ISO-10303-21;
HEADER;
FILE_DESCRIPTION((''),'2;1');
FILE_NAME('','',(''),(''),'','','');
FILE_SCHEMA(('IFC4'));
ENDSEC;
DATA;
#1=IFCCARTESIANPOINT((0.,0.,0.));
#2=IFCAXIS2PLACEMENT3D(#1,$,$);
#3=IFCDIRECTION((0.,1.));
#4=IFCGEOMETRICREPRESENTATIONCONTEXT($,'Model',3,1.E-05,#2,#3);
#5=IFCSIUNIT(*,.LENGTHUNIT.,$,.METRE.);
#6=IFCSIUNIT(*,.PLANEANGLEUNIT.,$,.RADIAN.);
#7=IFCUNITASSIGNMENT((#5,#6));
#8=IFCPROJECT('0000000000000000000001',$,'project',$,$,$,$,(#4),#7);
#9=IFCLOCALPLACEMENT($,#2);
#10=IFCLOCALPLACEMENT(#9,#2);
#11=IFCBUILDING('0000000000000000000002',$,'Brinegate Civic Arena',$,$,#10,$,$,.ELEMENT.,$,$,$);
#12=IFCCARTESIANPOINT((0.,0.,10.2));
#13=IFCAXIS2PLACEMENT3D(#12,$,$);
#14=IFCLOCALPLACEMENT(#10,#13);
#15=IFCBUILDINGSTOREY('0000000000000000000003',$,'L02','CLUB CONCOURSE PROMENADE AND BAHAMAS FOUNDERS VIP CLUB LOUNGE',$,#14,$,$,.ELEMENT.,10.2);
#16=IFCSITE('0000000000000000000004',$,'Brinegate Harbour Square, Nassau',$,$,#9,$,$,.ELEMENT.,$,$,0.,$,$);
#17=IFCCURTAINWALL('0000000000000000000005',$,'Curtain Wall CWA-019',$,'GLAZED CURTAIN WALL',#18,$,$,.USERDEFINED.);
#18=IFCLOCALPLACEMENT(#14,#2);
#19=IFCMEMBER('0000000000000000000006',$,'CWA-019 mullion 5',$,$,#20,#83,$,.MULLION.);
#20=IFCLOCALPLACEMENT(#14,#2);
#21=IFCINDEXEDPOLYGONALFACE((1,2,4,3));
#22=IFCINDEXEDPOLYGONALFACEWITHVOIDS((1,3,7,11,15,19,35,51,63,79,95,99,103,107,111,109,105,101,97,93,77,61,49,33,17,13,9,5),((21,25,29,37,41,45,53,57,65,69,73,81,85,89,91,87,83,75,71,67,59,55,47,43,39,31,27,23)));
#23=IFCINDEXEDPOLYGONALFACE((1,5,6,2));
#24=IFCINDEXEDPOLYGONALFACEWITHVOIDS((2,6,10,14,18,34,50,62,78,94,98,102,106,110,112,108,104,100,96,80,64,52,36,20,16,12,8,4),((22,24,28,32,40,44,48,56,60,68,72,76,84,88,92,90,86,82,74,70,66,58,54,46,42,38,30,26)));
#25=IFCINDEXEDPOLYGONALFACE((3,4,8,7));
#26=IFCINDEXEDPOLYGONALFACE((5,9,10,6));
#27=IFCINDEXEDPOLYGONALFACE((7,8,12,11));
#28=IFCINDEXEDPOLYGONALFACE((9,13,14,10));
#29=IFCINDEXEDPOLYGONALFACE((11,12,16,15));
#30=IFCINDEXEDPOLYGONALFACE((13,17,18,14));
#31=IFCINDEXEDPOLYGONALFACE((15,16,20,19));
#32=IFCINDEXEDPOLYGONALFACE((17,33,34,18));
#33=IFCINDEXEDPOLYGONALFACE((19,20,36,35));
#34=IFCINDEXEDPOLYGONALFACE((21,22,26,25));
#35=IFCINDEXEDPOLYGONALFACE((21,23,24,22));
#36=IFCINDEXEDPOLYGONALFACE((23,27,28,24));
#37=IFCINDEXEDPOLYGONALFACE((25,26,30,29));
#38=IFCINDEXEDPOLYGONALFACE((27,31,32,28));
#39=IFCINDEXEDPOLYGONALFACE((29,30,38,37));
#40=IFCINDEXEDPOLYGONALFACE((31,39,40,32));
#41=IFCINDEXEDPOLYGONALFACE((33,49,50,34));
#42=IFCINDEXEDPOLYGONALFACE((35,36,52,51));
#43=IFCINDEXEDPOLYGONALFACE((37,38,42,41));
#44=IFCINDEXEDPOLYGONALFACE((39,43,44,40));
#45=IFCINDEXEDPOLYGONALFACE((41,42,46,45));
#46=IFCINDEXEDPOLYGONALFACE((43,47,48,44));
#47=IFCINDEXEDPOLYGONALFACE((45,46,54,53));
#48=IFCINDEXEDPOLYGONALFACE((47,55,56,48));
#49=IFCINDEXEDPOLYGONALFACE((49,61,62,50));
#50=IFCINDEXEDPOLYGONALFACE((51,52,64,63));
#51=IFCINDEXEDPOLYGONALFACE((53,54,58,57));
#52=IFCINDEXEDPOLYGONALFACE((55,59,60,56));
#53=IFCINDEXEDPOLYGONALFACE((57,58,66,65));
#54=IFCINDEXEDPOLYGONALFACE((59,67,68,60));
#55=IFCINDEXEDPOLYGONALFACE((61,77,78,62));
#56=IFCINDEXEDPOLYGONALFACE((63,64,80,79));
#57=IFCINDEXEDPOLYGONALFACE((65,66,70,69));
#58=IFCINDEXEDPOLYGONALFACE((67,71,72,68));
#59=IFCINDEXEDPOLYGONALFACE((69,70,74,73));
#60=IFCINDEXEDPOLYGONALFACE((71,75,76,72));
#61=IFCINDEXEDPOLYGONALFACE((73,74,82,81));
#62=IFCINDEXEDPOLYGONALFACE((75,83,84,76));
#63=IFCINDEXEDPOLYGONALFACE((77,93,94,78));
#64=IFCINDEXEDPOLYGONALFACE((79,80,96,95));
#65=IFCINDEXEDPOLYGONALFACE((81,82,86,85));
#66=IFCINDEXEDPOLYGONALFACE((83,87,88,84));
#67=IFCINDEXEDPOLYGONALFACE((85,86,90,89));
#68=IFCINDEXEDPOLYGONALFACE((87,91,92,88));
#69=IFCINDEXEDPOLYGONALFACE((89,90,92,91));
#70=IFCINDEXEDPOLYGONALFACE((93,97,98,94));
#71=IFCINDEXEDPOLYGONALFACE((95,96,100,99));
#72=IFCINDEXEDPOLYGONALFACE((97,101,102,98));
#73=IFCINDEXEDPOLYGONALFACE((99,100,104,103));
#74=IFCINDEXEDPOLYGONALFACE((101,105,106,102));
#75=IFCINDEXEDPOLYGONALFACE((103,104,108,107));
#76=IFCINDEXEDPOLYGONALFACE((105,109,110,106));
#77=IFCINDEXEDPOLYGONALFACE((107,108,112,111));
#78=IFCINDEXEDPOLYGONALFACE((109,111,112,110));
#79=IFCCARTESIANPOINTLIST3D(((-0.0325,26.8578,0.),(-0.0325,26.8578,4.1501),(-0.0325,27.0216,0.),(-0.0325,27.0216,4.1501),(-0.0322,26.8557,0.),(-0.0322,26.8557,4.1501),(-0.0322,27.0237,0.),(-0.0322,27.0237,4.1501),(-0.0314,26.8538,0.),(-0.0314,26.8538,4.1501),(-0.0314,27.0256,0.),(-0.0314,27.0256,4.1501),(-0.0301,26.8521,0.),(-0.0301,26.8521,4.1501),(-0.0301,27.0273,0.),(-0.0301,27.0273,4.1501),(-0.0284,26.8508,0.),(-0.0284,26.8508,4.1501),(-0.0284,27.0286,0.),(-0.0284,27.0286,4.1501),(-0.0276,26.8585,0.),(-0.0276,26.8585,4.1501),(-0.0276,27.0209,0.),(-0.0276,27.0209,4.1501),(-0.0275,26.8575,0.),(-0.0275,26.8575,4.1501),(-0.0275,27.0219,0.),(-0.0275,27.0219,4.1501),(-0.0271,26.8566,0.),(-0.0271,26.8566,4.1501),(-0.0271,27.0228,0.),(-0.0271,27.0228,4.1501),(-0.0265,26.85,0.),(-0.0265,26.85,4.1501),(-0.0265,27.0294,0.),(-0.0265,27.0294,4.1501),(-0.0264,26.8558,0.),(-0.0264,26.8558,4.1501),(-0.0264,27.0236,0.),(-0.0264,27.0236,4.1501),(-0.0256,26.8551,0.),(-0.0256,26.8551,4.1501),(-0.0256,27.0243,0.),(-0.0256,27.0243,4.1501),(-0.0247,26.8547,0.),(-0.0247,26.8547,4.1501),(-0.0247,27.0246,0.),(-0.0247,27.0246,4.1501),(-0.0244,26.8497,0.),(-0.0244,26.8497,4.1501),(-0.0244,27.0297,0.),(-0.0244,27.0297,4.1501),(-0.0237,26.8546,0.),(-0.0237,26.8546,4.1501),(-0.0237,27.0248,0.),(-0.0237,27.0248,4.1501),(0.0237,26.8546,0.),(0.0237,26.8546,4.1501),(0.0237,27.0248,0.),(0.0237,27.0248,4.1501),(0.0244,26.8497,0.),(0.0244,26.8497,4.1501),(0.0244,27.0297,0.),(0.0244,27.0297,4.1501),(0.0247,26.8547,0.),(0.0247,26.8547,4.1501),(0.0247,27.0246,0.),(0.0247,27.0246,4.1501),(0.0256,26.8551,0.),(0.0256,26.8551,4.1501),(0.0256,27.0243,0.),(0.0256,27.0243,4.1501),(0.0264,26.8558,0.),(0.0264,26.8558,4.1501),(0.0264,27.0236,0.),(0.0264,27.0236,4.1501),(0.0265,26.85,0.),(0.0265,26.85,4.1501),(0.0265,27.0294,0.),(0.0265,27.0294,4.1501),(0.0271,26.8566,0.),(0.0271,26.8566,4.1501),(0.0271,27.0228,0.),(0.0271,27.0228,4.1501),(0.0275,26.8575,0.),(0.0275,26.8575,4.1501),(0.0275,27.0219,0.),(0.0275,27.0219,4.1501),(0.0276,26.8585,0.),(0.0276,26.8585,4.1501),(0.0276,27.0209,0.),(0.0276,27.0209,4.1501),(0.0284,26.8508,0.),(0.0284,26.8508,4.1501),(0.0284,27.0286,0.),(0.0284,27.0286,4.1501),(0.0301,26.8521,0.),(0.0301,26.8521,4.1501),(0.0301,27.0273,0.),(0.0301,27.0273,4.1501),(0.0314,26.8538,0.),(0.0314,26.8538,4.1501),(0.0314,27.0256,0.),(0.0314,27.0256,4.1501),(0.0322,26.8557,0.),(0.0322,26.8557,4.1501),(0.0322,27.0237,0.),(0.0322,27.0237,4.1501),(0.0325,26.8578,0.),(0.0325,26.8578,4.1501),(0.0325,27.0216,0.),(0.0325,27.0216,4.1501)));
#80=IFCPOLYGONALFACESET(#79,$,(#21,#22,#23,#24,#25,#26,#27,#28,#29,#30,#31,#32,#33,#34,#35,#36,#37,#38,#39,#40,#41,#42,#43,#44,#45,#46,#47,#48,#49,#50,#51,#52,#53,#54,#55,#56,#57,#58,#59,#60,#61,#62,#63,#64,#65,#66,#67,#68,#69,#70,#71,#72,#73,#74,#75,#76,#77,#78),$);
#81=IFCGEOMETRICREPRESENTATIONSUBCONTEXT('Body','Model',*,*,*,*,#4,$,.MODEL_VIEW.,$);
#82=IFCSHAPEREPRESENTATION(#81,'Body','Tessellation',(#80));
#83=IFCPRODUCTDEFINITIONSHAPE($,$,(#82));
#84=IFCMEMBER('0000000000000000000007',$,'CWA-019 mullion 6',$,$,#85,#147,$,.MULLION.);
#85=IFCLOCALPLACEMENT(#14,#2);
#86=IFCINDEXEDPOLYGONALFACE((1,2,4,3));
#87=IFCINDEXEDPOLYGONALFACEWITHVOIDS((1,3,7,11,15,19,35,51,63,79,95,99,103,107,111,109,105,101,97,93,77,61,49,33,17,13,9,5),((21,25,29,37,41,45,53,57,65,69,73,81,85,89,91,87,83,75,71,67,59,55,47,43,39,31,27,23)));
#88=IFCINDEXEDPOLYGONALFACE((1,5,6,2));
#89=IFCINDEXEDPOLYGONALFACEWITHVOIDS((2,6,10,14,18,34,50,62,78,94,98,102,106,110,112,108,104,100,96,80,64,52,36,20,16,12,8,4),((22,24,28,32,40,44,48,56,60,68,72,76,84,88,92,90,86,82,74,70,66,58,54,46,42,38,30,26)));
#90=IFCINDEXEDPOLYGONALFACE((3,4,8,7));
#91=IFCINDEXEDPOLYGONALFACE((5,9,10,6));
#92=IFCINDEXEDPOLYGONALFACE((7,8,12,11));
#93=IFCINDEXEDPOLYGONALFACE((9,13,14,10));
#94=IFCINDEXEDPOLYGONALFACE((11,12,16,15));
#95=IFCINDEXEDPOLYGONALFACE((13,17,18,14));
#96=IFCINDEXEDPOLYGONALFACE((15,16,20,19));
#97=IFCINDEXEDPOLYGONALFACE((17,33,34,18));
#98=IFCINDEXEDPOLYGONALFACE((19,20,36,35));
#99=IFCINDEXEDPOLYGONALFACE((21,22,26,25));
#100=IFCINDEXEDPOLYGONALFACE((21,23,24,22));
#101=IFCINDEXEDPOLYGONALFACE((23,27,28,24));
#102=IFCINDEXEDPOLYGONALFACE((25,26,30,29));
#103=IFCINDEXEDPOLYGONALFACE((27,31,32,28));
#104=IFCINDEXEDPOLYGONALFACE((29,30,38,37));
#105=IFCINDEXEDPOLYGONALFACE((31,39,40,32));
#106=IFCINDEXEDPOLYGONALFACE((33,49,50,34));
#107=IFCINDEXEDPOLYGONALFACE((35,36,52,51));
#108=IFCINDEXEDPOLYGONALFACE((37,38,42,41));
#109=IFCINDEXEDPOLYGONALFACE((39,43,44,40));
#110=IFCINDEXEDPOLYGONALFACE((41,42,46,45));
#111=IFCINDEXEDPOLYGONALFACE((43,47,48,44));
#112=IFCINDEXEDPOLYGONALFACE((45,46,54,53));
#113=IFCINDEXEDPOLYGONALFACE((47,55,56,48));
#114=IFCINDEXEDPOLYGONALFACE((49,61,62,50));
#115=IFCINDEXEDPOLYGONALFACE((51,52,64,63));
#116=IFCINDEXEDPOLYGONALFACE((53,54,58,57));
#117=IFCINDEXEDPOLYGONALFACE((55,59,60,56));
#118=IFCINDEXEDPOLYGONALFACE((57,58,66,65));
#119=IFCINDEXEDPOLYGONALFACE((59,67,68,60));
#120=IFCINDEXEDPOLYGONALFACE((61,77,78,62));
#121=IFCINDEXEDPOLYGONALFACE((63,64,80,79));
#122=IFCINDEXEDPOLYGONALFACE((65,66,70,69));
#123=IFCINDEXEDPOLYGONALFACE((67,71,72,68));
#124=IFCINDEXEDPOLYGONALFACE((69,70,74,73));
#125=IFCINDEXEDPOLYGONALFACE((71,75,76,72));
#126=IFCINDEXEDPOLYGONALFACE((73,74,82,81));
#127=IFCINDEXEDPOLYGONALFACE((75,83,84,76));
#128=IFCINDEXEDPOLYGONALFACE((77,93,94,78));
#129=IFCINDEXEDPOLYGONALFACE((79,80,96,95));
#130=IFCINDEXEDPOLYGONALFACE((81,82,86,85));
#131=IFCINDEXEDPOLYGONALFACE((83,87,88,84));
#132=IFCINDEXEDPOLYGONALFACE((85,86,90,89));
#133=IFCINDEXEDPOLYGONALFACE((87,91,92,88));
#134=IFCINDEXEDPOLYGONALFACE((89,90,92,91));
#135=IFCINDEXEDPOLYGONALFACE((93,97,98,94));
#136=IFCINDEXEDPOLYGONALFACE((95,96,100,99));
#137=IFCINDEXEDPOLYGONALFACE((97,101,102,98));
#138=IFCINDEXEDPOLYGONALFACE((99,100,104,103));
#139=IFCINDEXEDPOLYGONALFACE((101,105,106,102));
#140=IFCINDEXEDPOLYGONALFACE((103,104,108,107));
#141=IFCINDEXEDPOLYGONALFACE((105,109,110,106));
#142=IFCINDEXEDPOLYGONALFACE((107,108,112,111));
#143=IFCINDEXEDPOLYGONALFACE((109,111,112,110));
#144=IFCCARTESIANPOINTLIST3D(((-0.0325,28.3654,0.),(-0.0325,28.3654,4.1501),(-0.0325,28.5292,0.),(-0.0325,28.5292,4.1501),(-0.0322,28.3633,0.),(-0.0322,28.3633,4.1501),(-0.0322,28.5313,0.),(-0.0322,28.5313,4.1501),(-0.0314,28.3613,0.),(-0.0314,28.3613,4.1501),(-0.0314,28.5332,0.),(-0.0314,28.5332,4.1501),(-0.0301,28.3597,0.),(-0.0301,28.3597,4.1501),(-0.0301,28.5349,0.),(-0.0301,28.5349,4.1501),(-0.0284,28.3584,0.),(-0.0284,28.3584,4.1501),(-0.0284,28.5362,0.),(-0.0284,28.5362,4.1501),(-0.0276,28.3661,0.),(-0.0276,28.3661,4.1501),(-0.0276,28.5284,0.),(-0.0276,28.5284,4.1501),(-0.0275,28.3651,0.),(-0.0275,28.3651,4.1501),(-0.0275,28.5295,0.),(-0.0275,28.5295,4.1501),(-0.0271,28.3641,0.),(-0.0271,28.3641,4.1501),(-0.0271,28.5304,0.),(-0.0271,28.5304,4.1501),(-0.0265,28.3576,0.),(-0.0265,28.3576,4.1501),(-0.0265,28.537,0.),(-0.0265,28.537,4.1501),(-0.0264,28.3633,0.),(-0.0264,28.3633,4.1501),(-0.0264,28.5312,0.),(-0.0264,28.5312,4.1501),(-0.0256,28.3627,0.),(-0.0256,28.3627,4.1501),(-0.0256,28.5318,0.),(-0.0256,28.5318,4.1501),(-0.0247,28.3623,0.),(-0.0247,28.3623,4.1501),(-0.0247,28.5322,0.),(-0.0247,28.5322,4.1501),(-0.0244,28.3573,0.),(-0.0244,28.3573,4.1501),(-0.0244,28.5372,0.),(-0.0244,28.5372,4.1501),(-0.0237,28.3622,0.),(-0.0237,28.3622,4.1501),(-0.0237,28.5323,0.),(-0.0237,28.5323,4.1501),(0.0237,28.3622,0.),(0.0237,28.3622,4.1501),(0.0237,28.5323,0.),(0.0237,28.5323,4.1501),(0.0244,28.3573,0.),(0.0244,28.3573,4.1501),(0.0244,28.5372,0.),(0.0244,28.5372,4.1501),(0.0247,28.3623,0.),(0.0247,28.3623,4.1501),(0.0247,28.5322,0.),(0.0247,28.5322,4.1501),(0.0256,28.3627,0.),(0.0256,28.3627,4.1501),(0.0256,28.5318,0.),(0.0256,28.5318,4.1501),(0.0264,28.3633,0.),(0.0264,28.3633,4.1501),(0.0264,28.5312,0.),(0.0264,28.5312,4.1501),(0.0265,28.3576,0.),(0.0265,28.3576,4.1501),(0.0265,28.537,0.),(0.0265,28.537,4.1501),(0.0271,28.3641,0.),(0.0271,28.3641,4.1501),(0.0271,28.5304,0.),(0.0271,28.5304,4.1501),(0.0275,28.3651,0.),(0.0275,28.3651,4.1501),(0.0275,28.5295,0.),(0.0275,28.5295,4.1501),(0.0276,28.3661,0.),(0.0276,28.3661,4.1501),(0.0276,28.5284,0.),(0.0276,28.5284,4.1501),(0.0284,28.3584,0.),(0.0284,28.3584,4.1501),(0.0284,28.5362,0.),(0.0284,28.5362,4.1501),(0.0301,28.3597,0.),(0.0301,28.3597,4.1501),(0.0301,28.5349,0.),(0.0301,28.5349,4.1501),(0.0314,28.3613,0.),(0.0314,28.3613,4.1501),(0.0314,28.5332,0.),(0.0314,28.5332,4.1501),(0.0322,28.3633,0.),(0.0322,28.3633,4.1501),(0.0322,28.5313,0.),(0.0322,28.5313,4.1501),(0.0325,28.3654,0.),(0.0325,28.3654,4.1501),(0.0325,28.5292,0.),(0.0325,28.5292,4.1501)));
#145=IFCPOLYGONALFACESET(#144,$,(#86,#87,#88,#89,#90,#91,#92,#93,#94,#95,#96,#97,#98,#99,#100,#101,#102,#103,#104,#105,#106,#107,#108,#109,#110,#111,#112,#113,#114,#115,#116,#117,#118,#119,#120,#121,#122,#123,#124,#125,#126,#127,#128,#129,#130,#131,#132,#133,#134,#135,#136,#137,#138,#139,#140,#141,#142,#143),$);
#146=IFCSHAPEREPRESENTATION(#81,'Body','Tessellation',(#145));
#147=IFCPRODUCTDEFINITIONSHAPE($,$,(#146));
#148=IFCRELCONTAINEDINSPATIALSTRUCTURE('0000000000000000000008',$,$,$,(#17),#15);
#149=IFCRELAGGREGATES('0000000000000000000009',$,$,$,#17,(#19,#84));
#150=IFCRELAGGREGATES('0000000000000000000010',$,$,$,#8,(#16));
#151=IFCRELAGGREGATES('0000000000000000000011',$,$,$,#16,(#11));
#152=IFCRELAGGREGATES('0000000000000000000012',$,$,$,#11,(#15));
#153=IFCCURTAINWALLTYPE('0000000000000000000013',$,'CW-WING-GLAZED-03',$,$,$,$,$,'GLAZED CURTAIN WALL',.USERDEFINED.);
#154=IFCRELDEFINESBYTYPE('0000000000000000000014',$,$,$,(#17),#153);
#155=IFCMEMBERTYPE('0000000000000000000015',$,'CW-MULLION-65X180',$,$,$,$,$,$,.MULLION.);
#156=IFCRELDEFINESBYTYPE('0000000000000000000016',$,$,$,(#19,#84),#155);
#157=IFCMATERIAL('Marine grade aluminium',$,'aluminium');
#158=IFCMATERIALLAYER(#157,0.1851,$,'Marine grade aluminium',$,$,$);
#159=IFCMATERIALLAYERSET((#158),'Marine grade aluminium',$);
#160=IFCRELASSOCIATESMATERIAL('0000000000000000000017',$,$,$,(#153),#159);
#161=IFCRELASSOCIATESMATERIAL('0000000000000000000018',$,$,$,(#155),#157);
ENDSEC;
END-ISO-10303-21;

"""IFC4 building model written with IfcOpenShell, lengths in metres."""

from ifc_helpers import new_model, si_unit, direction, frame, origin, origin_2d, place, context, subcontext, project, spatial, hollow_rectangle, extrude, material, layer, layer_set, material_profile, profile_set, type_object, element, aggregate, save


model = new_model("IFC4")

# Units and contexts
model_context = context("Model", 3, precision=1e-05, world=origin(), true_north=direction((0.0, 1.0)))
body_context = subcontext(model_context, "Body", "Model", "MODEL_VIEW")
ifc_project = project(units=[si_unit("LENGTHUNIT", "METRE"), si_unit("PLANEANGLEUNIT", "RADIAN")], contexts=[model_context])

# Site, building, storey
site_placement = place(None, origin())
site = spatial("IfcSite", under=ifc_project, at=site_placement, Name="Brinegate Harbour Square, Nassau", CompositionType="ELEMENT", RefElevation=0.0)
building_placement = place(site_placement, origin())
building = spatial("IfcBuilding", under=site, at=building_placement, Name="Brinegate Civic Arena", CompositionType="ELEMENT")
storey_placement = place(building_placement, frame((0.0, 0.0, 10.2)))
storey = spatial("IfcBuildingStorey", under=building, at=storey_placement, Name="L02", Description="CLUB CONCOURSE PROMENADE AND BAHAMAS FOUNDERS VIP CLUB LOUNGE", CompositionType="ELEMENT", Elevation=10.2)

# Curtain wall, members
ifc_material_1 = material(Name="Marine grade aluminium", Category="aluminium")
ifc_layer_1 = layer(ifc_material_1, 0.1851, Name="Marine grade aluminium")
ifc_layer_set_1 = layer_set([ifc_layer_1], Name="Marine grade aluminium")
curtain_wall_type = type_object("IfcCurtainWallType", Name="CW-WING-GLAZED-03", ElementType="GLAZED CURTAIN WALL", PredefinedType="USERDEFINED", material=ifc_layer_set_1)
curtain_wall_placement = place(storey_placement, origin())
curtain_wall = element("IfcCurtainWall", 1, at=curtain_wall_placement, inside=storey, type_object=curtain_wall_type, Name="Curtain Wall CWA-019", ObjectType="GLAZED CURTAIN WALL", PredefinedType="USERDEFINED")
ifc_material_profile_1 = material_profile(ifc_material_1, hollow_rectangle(XDim=0.0649, YDim=0.1799, WallThickness=0.0049, InnerFilletRadius=0.0039, OuterFilletRadius=0.0081, at=origin_2d()), Name="MUL65X180")
ifc_profile_set_1 = profile_set([ifc_material_profile_1], Name="Marine grade aluminium")
member_type_1 = type_object("IfcMemberType", Name="CW-MULLION-65X180", PredefinedType="MULLION", material=ifc_profile_set_1)
member_1_placement = place(storey_placement, frame((0.0, 26.9397, 0.0), z_axis=(0.0, 0.0, 1.0), x_axis=(-1.0, 0.0, 0.0)))
member_1 = element("IfcMember", 2, at=member_1_placement, type_object=member_type_1, Name="CWA-019 mullion 5", PredefinedType="MULLION", context=body_context, shape_type="SweptSolid", body=[
    extrude(hollow_rectangle(XDim=0.0649, YDim=0.1799, WallThickness=0.0049, InnerFilletRadius=0.0039, OuterFilletRadius=0.0081, at=origin_2d()), origin(), (0.0, 0.0, 1.0), 4.1501),
])
member_2_placement = place(storey_placement, frame((0.0, 28.4473, 0.0), z_axis=(0.0, 0.0, 1.0), x_axis=(-1.0, 0.0, 0.0)))
member_2 = element("IfcMember", 3, at=member_2_placement, type_object=member_type_1, Name="CWA-019 mullion 6", PredefinedType="MULLION", context=body_context, shape_type="SweptSolid", body=[
    extrude(hollow_rectangle(XDim=0.0649, YDim=0.1799, WallThickness=0.0049, InnerFilletRadius=0.0039, OuterFilletRadius=0.0081, at=origin_2d()), origin(), (0.0, 0.0, 1.0), 4.1501),
])

aggregate(curtain_wall, [member_1, member_2])

save(model, "model.ifc")
